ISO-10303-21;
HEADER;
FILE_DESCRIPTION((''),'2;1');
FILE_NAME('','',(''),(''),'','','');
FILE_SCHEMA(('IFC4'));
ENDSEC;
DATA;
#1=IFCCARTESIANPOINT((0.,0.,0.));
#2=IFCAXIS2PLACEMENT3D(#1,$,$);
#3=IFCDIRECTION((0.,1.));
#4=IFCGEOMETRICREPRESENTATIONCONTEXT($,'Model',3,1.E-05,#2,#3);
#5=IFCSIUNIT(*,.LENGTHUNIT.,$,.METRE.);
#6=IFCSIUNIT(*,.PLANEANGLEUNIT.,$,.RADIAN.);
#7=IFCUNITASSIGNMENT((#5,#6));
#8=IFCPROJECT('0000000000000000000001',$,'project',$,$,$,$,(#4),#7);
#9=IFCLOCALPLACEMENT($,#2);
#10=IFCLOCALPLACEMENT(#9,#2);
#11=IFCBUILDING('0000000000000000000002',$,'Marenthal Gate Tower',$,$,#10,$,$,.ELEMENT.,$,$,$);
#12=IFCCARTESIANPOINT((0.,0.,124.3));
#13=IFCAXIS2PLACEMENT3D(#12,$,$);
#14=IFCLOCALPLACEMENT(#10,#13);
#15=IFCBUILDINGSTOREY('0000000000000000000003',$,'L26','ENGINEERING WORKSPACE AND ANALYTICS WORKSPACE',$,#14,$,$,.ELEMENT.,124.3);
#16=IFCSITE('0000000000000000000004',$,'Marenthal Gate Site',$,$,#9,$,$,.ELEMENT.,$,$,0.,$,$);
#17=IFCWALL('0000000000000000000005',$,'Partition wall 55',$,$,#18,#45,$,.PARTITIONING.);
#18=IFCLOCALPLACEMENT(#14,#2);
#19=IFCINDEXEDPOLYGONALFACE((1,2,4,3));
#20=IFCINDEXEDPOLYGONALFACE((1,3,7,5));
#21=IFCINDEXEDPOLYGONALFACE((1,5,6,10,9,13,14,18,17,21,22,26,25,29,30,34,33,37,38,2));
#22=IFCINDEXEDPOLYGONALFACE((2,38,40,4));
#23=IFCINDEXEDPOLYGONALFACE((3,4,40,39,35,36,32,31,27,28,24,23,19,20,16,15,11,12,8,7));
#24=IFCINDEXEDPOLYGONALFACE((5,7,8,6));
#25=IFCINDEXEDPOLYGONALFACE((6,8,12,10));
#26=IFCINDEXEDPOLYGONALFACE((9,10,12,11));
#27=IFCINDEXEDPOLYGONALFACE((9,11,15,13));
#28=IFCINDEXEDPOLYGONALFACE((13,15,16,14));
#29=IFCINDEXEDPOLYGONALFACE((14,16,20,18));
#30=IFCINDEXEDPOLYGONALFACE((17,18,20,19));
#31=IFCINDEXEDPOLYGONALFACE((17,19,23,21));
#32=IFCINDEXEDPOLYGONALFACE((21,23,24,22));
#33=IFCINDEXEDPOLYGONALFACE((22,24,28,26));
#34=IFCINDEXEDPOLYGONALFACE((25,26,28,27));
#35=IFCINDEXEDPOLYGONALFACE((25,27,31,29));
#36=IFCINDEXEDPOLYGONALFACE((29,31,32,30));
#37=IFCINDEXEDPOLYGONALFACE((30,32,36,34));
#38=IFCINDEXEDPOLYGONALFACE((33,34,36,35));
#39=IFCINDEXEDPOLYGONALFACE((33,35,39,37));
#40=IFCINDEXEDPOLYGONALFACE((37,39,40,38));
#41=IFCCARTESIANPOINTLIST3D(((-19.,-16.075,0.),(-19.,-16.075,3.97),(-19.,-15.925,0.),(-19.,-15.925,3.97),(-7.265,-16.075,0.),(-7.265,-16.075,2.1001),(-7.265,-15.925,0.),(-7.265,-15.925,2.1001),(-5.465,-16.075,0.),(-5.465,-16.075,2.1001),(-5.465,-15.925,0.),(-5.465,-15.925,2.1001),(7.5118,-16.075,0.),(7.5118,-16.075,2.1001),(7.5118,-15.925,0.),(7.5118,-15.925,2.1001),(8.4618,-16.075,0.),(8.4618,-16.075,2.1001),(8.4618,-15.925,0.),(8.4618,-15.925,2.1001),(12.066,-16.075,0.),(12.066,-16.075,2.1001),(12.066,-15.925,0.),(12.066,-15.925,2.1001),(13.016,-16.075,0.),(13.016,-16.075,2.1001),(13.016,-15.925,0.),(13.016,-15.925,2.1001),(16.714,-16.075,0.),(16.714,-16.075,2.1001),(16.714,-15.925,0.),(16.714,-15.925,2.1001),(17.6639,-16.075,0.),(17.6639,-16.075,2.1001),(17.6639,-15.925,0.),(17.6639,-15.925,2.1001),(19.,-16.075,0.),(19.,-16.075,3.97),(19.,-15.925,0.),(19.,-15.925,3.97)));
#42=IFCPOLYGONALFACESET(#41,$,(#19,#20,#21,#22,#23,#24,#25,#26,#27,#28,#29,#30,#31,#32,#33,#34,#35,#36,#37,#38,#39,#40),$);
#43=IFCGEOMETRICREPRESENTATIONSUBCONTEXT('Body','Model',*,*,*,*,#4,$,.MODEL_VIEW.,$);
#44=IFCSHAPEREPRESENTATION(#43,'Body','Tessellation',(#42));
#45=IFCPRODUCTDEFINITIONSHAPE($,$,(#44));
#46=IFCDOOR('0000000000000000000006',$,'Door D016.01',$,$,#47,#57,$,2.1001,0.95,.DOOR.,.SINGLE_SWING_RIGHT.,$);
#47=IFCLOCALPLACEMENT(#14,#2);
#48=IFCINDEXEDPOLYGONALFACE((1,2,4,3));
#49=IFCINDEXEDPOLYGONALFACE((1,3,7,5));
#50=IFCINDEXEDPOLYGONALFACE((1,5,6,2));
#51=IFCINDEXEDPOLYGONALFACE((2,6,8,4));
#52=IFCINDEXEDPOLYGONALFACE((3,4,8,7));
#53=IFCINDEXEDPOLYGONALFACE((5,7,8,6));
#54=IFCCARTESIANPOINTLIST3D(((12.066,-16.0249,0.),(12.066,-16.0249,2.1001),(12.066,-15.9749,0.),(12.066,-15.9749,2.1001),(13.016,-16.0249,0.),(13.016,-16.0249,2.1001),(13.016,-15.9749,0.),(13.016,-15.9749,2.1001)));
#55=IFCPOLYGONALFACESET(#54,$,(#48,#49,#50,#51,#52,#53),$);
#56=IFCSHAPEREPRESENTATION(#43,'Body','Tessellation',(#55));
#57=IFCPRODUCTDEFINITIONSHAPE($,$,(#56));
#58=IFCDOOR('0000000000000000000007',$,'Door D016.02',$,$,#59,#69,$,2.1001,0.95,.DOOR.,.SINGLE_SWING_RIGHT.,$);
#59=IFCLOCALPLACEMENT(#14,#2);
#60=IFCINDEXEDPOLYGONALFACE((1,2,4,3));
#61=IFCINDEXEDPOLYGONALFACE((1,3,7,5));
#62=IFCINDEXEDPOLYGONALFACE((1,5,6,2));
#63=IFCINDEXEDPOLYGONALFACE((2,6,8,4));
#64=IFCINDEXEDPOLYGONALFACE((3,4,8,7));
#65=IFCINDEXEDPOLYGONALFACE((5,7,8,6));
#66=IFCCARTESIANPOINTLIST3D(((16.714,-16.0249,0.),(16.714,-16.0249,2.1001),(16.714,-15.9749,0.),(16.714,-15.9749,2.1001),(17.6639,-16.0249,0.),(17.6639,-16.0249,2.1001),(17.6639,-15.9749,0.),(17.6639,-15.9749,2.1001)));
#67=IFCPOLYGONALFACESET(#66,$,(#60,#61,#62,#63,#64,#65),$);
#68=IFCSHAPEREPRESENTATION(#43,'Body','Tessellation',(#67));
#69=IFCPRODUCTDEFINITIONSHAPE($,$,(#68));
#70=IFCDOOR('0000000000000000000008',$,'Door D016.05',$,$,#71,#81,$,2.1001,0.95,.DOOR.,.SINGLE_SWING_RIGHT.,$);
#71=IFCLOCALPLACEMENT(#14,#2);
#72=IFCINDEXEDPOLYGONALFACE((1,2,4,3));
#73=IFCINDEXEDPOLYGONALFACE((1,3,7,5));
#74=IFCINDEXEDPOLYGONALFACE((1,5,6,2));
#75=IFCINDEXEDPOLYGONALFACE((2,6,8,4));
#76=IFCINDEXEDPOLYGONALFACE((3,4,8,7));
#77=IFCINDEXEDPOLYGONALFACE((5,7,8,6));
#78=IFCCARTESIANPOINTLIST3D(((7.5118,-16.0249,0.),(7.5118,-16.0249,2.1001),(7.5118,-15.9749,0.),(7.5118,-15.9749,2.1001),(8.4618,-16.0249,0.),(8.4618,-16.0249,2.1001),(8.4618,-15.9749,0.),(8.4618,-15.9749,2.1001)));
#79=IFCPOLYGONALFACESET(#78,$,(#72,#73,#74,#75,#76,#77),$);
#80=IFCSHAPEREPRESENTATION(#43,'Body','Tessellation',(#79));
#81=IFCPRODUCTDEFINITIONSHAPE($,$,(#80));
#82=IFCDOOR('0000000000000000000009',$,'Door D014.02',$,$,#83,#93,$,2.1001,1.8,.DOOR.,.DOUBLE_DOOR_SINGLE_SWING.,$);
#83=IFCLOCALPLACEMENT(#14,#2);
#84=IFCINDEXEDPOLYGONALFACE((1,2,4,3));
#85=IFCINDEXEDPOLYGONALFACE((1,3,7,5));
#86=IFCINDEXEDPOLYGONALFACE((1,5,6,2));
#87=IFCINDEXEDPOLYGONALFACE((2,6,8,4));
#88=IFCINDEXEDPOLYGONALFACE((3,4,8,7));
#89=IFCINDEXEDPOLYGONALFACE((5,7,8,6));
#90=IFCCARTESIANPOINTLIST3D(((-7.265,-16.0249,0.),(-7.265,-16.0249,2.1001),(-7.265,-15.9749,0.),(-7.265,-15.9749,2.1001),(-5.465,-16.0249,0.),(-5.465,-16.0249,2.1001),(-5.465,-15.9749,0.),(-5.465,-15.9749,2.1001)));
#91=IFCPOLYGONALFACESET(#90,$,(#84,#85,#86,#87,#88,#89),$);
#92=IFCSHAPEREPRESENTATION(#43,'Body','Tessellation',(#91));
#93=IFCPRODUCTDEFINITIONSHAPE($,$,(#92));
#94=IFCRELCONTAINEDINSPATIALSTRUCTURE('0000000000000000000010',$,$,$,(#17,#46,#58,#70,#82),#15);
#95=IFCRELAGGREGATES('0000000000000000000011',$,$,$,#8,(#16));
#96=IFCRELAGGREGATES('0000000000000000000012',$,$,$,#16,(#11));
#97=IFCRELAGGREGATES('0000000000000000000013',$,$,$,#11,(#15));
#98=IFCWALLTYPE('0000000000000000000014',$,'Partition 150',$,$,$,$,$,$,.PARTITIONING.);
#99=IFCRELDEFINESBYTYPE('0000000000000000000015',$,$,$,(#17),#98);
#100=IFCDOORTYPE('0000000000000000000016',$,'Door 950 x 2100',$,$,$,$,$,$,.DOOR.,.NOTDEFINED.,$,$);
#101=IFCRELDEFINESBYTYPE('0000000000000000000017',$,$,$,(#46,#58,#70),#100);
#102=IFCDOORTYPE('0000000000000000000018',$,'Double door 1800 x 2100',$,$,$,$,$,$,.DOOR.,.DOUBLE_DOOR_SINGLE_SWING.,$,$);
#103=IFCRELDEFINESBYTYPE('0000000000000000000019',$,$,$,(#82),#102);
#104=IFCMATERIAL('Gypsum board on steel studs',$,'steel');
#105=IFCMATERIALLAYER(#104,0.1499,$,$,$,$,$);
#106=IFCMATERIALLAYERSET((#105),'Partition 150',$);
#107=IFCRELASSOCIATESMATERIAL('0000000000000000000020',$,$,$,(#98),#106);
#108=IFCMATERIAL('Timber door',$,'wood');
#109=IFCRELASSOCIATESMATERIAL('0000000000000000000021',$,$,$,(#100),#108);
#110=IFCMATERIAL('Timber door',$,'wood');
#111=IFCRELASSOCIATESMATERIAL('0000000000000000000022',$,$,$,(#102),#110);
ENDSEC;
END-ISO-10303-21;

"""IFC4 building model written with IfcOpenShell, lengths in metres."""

from ifc_helpers import new_model, si_unit, direction, frame, frame_2d, origin, place, context, subcontext, project, spatial, rectangle, extrude, material, layer, layer_set, type_object, element, fill, save


model = new_model("IFC4")

# Units and contexts
model_context = context("Model", 3, precision=1e-05, world=origin(), true_north=direction((0.0, 1.0)))
body_context = subcontext(model_context, "Body", "Model", "MODEL_VIEW")
ifc_project = project(units=[si_unit("LENGTHUNIT", "METRE"), si_unit("PLANEANGLEUNIT", "RADIAN")], contexts=[model_context])

# Site, building, storey
site_placement = place(None, origin())
site = spatial("IfcSite", under=ifc_project, at=site_placement, Name="Marenthal Gate Site", CompositionType="ELEMENT", RefElevation=0.0)
building_placement = place(site_placement, origin())
building = spatial("IfcBuilding", under=site, at=building_placement, Name="Marenthal Gate Tower", CompositionType="ELEMENT")
storey_placement = place(building_placement, frame((0.0, 0.0, 124.3)))
storey = spatial("IfcBuildingStorey", under=building, at=storey_placement, Name="L26", Description="ENGINEERING WORKSPACE AND ANALYTICS WORKSPACE", CompositionType="ELEMENT", Elevation=124.3)

# Wall, openings, doors
ifc_material_1 = material(Name="Gypsum board on steel studs", Category="steel")
ifc_layer_1 = layer(ifc_material_1, 0.1499)
ifc_layer_set_1 = layer_set([ifc_layer_1], Name="Partition 150")
wall_type_1 = type_object("IfcWallType", Name="Partition 150", PredefinedType="PARTITIONING", material=ifc_layer_set_1)
wall_1_placement = place(storey_placement, frame((19.0, -16.0, 0.0), z_axis=(0.0, 0.0, 1.0), x_axis=(-1.0, 0.0, 0.0)))
wall_1 = element("IfcWall", 1, at=wall_1_placement, inside=storey, type_object=wall_type_1, Name="Partition wall 55", PredefinedType="PARTITIONING", context=body_context, shape_type="SweptSolid", body=[
    extrude(rectangle(XDim=38.0, YDim=0.1499, at=frame_2d((19.0, 0.0))), origin(), (0.0, 0.0, 1.0), 3.97),
])
opening_1_placement = place(wall_1_placement, frame((24.4651, 0.0, 0.0)))
opening_1 = element("IfcOpeningElement", 2, at=opening_1_placement, cuts=wall_1, PredefinedType="OPENING", context=body_context, shape_type="SweptSolid", body=[
    extrude(rectangle(XDim=1.8, YDim=2.1001, at=frame_2d((0.8999, 1.05))), frame((0.0, 0.085, 0.0), z_axis=(0.0, -1.0, 0.0), x_axis=(1.0, 0.0, 0.0)), (0.0, 0.0, 1.0), 0.1699),
])
opening_2_placement = place(wall_1_placement, frame((5.9839, 0.0, 0.0)))
opening_2 = element("IfcOpeningElement", 3, at=opening_2_placement, cuts=wall_1, PredefinedType="OPENING", context=body_context, shape_type="SweptSolid", body=[
    extrude(rectangle(XDim=0.95, YDim=2.1001, at=frame_2d((0.4751, 1.05))), frame((0.0, 0.085, 0.0), z_axis=(0.0, -1.0, 0.0), x_axis=(1.0, 0.0, 0.0)), (0.0, 0.0, 1.0), 0.1699),
])
opening_3_placement = place(wall_1_placement, frame((1.3359, 0.0, 0.0)))
opening_3 = element("IfcOpeningElement", 4, at=opening_3_placement, cuts=wall_1, PredefinedType="OPENING", context=body_context, shape_type="SweptSolid", body=[
    extrude(rectangle(XDim=0.95, YDim=2.1001, at=frame_2d((0.4751, 1.05))), frame((0.0, 0.085, 0.0), z_axis=(0.0, -1.0, 0.0), x_axis=(1.0, 0.0, 0.0)), (0.0, 0.0, 1.0), 0.1699),
])
opening_4_placement = place(wall_1_placement, frame((10.5381, 0.0, 0.0)))
opening_4 = element("IfcOpeningElement", 5, at=opening_4_placement, cuts=wall_1, PredefinedType="OPENING", context=body_context, shape_type="SweptSolid", body=[
    extrude(rectangle(XDim=0.95, YDim=2.1001, at=frame_2d((0.4751, 1.05))), frame((0.0, 0.085, 0.0), z_axis=(0.0, -1.0, 0.0), x_axis=(1.0, 0.0, 0.0)), (0.0, 0.0, 1.0), 0.1699),
])
ifc_material_2 = material(Name="Timber door", Category="wood")
door_type_1 = type_object("IfcDoorType", Name="Door 950 x 2100", OperationType="NOTDEFINED", PredefinedType="DOOR", material=ifc_material_2)
door_1_placement = place(opening_2_placement, origin())
door_1 = element("IfcDoor", 6, at=door_1_placement, inside=storey, type_object=door_type_1, Name="Door D016.01", OperationType="SINGLE_SWING_RIGHT", OverallHeight=2.1001, OverallWidth=0.95, PredefinedType="DOOR", context=body_context, shape_type="SweptSolid", body=[
    extrude(rectangle(XDim=0.95, YDim=2.1001, at=frame_2d((0.4751, 1.05))), frame((0.0, 0.0249, 0.0), z_axis=(0.0, -1.0, 0.0), x_axis=(1.0, 0.0, 0.0)), (0.0, 0.0, 1.0), 0.05),
])
fill(opening_2, door_1)
door_2_placement = place(opening_3_placement, origin())
door_2 = element("IfcDoor", 7, at=door_2_placement, inside=storey, type_object=door_type_1, Name="Door D016.02", OperationType="SINGLE_SWING_RIGHT", OverallHeight=2.1001, OverallWidth=0.95, PredefinedType="DOOR", context=body_context, shape_type="SweptSolid", body=[
    extrude(rectangle(XDim=0.95, YDim=2.1001, at=frame_2d((0.4751, 1.05))), frame((0.0, 0.0249, 0.0), z_axis=(0.0, -1.0, 0.0), x_axis=(1.0, 0.0, 0.0)), (0.0, 0.0, 1.0), 0.05),
])
fill(opening_3, door_2)
door_3_placement = place(opening_4_placement, origin())
door_3 = element("IfcDoor", 8, at=door_3_placement, inside=storey, type_object=door_type_1, Name="Door D016.05", OperationType="SINGLE_SWING_RIGHT", OverallHeight=2.1001, OverallWidth=0.95, PredefinedType="DOOR", context=body_context, shape_type="SweptSolid", body=[
    extrude(rectangle(XDim=0.95, YDim=2.1001, at=frame_2d((0.4751, 1.05))), frame((0.0, 0.0249, 0.0), z_axis=(0.0, -1.0, 0.0), x_axis=(1.0, 0.0, 0.0)), (0.0, 0.0, 1.0), 0.05),
])
fill(opening_4, door_3)
ifc_material_3 = material(Name="Timber door", Category="wood")
door_type_2 = type_object("IfcDoorType", Name="Double door 1800 x 2100", OperationType="DOUBLE_DOOR_SINGLE_SWING", PredefinedType="DOOR", material=ifc_material_3)
door_4_placement = place(opening_1_placement, origin())
door_4 = element("IfcDoor", 9, at=door_4_placement, inside=storey, type_object=door_type_2, Name="Door D014.02", OperationType="DOUBLE_DOOR_SINGLE_SWING", OverallHeight=2.1001, OverallWidth=1.8, PredefinedType="DOOR", context=body_context, shape_type="SweptSolid", body=[
    extrude(rectangle(XDim=1.8, YDim=2.1001, at=frame_2d((0.8999, 1.05))), frame((0.0, 0.0249, 0.0), z_axis=(0.0, -1.0, 0.0), x_axis=(1.0, 0.0, 0.0)), (0.0, 0.0, 1.0), 0.05),
])
fill(opening_1, door_4)

save(model, "model.ifc")
